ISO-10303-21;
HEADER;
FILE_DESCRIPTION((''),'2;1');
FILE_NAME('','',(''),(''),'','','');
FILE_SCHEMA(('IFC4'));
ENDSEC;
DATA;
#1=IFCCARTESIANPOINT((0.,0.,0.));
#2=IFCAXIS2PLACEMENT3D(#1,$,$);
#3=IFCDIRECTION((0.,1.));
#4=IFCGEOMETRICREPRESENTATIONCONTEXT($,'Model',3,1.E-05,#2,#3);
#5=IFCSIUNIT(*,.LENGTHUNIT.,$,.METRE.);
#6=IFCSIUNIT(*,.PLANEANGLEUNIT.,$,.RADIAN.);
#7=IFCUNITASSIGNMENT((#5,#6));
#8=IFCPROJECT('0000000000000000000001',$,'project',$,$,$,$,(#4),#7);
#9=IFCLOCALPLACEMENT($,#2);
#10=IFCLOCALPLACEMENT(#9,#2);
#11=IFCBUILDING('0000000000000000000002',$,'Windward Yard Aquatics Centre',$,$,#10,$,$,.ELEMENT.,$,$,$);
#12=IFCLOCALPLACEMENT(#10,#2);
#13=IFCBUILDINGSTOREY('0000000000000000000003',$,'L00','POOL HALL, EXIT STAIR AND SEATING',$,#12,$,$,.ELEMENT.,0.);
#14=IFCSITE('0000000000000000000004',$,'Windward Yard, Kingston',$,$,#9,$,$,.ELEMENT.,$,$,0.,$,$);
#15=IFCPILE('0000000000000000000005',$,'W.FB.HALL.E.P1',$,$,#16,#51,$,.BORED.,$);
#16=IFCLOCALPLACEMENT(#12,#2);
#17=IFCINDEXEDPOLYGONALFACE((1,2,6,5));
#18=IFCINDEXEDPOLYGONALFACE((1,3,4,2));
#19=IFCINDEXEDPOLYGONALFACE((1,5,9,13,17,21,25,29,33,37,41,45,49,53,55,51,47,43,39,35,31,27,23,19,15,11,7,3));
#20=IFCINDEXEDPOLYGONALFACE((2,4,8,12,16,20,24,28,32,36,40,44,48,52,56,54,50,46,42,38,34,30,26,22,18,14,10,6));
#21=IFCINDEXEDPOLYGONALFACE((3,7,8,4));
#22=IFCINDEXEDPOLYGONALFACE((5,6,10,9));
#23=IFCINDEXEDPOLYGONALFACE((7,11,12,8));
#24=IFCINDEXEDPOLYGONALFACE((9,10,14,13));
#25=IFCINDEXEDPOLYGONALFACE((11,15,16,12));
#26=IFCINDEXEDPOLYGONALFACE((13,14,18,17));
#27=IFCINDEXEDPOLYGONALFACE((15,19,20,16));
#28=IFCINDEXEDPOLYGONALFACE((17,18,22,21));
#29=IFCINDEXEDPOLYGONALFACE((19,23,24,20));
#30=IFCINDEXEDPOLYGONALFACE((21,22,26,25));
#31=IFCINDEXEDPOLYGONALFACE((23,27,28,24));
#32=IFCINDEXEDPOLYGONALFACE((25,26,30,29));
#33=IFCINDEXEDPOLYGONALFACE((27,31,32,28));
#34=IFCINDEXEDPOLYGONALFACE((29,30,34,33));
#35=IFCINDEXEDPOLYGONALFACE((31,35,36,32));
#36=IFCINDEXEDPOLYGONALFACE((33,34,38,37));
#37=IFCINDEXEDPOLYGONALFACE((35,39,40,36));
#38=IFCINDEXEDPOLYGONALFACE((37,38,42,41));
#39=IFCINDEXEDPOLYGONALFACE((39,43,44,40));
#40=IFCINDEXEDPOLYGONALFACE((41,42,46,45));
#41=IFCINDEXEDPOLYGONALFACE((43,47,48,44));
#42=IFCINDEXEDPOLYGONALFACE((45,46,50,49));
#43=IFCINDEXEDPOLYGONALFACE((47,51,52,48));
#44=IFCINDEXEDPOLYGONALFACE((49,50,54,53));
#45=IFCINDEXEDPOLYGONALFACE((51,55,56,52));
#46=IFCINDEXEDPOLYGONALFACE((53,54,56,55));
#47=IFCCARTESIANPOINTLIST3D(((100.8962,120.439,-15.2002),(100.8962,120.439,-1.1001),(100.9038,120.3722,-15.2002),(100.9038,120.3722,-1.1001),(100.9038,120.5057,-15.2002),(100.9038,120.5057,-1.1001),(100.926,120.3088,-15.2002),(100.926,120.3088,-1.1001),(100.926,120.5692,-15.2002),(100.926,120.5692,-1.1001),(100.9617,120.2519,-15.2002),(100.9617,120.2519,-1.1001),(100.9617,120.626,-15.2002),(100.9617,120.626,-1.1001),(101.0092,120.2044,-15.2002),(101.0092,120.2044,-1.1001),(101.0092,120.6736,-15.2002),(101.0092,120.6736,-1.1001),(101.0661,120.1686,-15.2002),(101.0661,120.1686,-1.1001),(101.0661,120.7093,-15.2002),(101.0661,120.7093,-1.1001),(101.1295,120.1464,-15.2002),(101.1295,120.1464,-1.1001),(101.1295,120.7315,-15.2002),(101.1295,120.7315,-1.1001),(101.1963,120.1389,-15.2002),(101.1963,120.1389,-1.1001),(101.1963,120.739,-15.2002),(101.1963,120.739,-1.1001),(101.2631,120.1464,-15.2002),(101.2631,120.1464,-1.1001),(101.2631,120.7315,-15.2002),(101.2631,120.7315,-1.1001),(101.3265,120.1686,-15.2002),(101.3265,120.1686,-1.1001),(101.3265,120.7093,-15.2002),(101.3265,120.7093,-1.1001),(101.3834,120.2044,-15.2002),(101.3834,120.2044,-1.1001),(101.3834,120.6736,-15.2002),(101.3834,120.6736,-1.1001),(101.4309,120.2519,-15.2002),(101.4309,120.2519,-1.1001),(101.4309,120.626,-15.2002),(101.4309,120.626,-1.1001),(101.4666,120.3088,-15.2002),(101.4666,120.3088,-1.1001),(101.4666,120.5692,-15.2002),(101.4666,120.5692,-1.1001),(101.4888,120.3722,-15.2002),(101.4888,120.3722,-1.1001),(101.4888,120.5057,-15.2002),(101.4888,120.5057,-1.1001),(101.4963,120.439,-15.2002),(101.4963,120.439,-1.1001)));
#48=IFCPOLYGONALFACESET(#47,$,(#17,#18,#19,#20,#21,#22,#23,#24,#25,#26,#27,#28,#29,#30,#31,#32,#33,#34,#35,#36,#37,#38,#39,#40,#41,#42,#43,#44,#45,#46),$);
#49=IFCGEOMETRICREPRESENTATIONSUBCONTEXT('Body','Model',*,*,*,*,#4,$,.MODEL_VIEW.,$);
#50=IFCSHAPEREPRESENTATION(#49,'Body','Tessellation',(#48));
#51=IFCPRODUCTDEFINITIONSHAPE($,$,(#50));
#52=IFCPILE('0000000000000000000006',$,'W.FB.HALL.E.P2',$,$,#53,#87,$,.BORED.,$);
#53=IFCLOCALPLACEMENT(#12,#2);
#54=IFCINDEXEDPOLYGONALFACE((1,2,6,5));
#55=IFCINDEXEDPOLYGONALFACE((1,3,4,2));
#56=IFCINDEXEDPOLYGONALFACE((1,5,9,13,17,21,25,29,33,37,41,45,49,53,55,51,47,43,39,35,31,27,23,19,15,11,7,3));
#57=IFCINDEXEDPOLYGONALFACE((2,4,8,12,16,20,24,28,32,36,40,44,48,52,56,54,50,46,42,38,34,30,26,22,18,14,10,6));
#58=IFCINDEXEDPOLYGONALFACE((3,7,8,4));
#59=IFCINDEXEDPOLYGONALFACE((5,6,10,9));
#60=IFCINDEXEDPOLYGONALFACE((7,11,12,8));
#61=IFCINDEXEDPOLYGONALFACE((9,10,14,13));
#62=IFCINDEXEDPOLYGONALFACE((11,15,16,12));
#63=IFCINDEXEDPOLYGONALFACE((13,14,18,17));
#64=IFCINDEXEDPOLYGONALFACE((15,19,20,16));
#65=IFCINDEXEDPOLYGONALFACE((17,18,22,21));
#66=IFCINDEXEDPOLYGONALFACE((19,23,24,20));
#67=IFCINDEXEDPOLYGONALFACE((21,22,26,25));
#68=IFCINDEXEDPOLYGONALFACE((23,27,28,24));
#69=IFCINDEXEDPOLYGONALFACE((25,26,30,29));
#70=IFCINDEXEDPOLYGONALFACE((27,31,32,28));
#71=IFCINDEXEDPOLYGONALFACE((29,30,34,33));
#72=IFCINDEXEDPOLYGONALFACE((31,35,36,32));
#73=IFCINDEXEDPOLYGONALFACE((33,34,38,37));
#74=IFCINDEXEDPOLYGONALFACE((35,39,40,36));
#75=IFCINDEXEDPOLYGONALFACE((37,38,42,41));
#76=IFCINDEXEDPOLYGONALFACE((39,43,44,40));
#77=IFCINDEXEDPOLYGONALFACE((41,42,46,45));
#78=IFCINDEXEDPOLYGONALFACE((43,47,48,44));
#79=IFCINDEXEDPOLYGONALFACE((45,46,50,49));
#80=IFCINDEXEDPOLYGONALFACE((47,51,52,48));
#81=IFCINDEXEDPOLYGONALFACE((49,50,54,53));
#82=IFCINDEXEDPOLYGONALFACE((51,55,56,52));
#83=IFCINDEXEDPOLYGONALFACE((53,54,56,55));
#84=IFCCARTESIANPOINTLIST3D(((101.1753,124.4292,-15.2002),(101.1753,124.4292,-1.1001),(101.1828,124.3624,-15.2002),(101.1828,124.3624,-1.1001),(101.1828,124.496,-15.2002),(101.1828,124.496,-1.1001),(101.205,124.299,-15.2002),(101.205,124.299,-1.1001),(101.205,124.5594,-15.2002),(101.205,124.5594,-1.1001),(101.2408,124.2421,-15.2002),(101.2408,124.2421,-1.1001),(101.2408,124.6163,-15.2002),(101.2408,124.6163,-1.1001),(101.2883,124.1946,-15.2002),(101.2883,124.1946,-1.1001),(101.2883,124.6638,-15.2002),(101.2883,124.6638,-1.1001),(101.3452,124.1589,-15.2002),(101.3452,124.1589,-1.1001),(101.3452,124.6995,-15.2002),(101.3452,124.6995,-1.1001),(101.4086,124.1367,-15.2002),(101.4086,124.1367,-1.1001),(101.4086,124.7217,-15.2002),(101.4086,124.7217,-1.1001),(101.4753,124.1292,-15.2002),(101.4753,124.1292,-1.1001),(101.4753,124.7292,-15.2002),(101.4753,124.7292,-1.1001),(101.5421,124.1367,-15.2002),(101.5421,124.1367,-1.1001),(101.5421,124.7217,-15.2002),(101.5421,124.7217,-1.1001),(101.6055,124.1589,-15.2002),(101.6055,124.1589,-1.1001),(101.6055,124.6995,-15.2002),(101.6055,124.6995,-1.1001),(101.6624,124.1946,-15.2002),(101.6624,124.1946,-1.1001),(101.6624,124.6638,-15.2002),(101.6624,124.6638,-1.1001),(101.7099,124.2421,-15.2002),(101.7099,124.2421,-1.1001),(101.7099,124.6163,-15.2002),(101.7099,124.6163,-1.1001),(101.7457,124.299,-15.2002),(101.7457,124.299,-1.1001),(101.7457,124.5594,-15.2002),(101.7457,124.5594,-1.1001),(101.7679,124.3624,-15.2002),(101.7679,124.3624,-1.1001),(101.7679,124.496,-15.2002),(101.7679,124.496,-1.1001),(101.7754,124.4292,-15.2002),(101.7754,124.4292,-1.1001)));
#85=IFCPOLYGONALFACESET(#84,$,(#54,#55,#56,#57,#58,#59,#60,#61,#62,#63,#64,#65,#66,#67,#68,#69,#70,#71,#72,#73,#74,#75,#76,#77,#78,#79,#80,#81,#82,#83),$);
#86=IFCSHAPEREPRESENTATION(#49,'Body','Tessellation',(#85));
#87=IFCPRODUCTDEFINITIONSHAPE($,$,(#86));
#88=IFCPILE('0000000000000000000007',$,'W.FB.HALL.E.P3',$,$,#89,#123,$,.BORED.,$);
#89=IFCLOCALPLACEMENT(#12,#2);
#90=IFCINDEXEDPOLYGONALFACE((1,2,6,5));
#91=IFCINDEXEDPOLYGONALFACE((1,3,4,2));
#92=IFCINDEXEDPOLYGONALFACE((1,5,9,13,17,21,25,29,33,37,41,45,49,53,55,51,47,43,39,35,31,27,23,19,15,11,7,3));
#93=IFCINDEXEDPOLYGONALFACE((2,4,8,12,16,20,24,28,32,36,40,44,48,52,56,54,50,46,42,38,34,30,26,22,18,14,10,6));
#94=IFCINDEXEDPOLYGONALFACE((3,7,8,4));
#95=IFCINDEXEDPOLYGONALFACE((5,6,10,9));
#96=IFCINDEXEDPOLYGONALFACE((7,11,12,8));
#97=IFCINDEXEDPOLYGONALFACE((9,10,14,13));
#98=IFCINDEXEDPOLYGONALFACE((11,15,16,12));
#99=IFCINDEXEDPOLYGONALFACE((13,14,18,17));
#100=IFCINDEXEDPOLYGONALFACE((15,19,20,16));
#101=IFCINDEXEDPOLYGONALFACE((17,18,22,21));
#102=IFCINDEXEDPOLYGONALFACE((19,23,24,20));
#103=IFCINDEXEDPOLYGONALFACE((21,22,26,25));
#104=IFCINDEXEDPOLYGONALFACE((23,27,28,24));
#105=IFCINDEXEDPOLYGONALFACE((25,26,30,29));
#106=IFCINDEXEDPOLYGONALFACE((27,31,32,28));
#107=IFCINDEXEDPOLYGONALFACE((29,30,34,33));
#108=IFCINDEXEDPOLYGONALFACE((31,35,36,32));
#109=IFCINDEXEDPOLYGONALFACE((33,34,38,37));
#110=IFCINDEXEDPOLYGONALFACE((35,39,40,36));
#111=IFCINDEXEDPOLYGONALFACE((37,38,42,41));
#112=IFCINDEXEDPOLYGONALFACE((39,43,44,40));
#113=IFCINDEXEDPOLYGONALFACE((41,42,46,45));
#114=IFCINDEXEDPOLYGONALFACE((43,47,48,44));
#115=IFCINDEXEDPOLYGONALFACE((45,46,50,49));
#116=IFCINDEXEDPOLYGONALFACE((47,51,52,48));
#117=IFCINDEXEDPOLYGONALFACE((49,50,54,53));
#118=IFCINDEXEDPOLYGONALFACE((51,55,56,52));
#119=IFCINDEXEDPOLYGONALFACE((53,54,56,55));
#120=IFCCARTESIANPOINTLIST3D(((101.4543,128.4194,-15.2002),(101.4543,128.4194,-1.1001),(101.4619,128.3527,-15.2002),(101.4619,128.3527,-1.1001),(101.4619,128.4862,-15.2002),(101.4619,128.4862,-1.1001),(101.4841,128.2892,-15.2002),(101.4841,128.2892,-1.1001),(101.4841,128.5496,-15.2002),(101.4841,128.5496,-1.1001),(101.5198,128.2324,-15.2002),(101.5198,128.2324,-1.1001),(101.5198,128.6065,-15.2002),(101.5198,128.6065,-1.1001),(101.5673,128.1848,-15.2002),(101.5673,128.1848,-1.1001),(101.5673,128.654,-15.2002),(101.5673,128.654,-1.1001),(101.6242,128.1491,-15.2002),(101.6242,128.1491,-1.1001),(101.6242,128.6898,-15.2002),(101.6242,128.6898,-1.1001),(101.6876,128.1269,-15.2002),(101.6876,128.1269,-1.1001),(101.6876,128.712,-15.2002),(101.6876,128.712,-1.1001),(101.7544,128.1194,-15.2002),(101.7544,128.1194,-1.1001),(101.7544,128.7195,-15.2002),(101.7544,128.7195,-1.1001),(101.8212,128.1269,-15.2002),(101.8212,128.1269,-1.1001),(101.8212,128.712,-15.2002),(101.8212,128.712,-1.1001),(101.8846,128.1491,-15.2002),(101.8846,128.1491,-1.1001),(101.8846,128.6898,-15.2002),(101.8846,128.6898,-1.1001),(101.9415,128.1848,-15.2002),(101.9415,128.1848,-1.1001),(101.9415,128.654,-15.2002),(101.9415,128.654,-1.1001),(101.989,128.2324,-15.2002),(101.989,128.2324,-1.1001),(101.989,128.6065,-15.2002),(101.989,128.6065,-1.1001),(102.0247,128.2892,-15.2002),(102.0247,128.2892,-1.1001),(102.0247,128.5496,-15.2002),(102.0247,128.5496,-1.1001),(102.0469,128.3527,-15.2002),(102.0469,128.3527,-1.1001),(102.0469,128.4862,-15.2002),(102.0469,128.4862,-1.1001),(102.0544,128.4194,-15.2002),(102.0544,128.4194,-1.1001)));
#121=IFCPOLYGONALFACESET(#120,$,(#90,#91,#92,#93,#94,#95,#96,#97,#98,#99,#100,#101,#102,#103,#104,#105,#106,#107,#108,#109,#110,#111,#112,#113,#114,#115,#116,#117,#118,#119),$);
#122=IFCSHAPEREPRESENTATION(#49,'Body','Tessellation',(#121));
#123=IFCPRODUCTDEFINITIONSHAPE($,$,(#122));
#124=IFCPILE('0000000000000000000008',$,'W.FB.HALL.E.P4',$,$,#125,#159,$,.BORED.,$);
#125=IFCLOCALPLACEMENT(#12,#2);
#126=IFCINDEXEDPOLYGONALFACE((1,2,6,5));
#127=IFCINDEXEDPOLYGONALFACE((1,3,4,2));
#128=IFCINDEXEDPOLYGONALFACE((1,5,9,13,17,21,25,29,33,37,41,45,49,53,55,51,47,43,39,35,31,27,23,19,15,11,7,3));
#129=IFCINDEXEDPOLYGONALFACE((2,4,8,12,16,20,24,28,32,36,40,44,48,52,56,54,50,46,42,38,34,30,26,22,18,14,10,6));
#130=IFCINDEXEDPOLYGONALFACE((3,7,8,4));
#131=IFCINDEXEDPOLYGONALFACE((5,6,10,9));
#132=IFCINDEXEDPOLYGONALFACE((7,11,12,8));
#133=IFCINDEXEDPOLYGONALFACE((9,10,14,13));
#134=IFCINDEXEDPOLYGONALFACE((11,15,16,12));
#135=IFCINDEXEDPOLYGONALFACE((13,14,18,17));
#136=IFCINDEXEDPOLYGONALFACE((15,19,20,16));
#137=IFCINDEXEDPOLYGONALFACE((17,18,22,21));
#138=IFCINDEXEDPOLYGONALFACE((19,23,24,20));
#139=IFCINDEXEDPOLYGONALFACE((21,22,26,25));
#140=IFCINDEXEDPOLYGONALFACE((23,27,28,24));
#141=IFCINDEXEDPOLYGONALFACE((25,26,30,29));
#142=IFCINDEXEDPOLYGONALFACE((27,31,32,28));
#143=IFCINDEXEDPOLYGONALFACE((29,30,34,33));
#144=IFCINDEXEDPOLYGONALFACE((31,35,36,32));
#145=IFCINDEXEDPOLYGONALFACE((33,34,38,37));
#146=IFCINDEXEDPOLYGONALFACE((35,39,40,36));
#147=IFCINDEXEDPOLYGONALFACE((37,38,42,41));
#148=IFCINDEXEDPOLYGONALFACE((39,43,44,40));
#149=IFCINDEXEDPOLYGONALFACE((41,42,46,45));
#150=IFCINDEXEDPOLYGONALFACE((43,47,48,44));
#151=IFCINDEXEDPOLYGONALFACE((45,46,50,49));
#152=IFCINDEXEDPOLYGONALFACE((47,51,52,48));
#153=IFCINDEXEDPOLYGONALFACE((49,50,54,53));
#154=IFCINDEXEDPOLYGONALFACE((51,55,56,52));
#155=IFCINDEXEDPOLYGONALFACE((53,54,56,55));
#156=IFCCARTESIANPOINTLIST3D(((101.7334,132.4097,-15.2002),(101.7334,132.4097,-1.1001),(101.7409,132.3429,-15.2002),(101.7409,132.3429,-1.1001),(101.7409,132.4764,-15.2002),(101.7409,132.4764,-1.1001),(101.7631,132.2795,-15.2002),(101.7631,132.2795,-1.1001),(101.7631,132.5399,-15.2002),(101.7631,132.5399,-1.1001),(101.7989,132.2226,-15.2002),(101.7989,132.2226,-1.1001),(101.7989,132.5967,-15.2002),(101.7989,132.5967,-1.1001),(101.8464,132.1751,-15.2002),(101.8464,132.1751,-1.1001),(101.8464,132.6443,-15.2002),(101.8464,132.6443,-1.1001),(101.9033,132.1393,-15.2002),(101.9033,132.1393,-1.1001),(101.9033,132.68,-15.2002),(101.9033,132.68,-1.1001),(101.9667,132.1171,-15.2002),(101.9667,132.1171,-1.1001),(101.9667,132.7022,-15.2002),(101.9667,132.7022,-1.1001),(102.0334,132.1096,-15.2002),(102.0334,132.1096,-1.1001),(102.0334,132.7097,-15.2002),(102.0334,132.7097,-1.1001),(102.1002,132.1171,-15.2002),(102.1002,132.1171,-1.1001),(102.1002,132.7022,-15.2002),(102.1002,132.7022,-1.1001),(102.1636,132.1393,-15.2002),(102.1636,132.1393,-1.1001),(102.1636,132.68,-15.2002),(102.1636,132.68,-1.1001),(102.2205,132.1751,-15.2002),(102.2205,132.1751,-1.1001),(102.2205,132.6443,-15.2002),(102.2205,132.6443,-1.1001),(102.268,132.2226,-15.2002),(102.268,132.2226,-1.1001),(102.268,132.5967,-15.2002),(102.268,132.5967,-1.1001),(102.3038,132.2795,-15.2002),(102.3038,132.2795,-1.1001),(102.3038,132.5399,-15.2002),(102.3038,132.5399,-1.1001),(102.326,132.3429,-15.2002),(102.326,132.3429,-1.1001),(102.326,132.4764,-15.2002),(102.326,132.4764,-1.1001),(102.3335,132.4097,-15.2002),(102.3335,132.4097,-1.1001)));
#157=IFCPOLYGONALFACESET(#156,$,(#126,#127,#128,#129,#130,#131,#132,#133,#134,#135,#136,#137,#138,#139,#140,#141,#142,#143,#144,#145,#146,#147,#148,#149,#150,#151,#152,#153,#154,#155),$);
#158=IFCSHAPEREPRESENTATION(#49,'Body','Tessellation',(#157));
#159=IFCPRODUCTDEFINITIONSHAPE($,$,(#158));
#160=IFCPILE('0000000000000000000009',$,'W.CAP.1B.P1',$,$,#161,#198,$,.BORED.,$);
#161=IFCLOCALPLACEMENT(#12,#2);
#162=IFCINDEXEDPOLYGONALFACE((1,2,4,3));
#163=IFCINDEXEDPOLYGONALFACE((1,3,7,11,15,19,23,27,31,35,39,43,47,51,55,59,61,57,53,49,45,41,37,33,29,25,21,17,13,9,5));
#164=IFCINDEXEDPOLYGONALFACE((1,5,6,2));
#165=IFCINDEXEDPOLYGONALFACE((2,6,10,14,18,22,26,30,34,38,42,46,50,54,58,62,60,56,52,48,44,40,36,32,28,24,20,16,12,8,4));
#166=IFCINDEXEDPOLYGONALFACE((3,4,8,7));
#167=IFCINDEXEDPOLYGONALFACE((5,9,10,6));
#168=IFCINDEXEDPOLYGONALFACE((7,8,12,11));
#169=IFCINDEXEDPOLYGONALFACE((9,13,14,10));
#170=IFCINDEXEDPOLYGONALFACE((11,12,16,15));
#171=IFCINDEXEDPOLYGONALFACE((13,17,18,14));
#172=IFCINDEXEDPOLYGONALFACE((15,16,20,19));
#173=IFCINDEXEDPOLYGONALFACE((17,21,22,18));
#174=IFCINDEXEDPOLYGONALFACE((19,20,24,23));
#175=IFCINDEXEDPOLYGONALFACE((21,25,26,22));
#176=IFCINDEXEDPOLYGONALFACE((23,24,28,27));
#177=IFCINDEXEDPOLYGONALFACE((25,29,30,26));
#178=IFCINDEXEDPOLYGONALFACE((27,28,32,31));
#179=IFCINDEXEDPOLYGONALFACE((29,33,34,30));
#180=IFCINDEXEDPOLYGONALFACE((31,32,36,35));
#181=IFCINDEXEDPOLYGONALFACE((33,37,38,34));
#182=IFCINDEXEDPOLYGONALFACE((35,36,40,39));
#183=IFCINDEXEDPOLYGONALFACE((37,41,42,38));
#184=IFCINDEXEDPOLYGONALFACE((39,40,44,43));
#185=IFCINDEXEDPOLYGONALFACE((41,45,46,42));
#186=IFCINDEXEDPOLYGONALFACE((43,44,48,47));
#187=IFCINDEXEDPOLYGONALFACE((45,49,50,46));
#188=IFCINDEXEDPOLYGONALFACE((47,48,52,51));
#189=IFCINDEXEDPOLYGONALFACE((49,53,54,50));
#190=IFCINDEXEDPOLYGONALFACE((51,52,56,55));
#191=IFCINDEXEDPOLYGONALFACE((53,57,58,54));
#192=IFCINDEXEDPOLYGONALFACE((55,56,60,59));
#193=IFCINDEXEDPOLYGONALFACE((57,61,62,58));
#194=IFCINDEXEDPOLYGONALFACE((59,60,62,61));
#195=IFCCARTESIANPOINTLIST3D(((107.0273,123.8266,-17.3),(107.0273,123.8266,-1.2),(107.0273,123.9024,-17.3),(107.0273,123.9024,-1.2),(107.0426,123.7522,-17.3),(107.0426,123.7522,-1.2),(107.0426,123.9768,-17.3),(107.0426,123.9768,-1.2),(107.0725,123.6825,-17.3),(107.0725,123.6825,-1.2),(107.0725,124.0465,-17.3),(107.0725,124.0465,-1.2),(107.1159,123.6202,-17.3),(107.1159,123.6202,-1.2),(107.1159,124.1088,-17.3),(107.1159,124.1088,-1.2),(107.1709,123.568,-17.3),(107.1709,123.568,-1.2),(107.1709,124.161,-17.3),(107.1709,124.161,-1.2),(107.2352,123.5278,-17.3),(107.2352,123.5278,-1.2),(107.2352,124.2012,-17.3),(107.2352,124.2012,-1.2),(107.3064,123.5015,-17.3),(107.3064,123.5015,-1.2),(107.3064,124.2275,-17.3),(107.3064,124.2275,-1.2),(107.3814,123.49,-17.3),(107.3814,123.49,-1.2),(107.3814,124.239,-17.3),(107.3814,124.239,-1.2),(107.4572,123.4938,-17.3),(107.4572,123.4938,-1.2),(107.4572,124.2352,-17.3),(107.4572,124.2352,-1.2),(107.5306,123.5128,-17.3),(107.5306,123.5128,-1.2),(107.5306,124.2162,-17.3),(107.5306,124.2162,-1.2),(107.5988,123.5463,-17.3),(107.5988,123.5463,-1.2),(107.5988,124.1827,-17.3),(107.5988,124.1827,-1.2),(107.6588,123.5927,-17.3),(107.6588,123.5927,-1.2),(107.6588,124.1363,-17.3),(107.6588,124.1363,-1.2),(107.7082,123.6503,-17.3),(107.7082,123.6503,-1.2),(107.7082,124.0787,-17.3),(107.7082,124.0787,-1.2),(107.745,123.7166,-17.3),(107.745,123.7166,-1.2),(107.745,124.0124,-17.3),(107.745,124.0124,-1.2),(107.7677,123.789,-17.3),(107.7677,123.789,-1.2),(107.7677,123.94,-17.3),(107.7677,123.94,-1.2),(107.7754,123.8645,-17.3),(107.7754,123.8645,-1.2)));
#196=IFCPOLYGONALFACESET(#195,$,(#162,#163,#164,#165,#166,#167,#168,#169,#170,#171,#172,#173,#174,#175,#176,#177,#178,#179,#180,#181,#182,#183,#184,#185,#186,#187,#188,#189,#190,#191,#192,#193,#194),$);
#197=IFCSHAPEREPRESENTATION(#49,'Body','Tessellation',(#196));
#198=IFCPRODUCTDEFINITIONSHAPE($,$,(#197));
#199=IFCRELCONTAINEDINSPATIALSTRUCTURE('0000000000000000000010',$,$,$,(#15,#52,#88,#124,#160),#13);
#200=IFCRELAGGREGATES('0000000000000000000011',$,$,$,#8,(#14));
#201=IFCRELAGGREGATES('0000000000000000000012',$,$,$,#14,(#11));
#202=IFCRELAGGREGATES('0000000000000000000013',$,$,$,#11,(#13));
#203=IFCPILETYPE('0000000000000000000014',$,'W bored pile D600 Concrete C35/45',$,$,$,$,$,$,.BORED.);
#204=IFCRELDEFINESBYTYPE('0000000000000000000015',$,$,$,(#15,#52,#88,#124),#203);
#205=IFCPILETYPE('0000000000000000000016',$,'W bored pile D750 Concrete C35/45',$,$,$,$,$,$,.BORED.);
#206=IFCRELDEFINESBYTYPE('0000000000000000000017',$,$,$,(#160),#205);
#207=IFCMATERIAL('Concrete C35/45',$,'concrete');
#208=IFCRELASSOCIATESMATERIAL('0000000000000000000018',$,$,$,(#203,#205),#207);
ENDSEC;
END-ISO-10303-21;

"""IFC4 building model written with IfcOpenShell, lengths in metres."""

from ifc_helpers import new_model, si_unit, direction, frame, origin, origin_2d, place, context, subcontext, project, spatial, circle, extrude, material, material_profile, profile_set, type_object, element, save


model = new_model("IFC4")

# Units and contexts
model_context = context("Model", 3, precision=1e-05, world=origin(), true_north=direction((0.0, 1.0)))
body_context = subcontext(model_context, "Body", "Model", "MODEL_VIEW")
ifc_project = project(units=[si_unit("LENGTHUNIT", "METRE"), si_unit("PLANEANGLEUNIT", "RADIAN")], contexts=[model_context])

# Site, building, storey
site_placement = place(None, origin())
site = spatial("IfcSite", under=ifc_project, at=site_placement, Name="Windward Yard, Kingston", CompositionType="ELEMENT", RefElevation=0.0)
building_placement = place(site_placement, origin())
building = spatial("IfcBuilding", under=site, at=building_placement, Name="Windward Yard Aquatics Centre", CompositionType="ELEMENT")
storey_placement = place(building_placement, origin())
storey = spatial("IfcBuildingStorey", under=building, at=storey_placement, Name="L00", Description="POOL HALL, EXIT STAIR AND SEATING", CompositionType="ELEMENT", Elevation=0.0)

# Piles
ifc_material_1 = material(Name="Concrete C35/45", Category="concrete")
ifc_material_profile_1 = material_profile(ifc_material_1, circle(Radius=0.3, at=origin_2d()), Name="D600")
ifc_profile_set_1 = profile_set([ifc_material_profile_1], Name="Concrete C35/45")
pile_type_1 = type_object("IfcPileType", Name="W bored pile D600 Concrete C35/45", PredefinedType="BORED", material=ifc_profile_set_1)
for number, where, z_axis, x_axis, name in (
    (1, (101.1963, 120.439, -1.1001), (0.0, 0.0, -1.0), (1.0, 0.0, 0.0), "W.FB.HALL.E.P1"),
    (2, (101.4753, 124.4292, -1.1001), (0.0, 0.0, -1.0), (1.0, 0.0, 0.0), "W.FB.HALL.E.P2"),
    (3, (101.7544, 128.4194, -1.1001), (0.0, 0.0, -1.0), (1.0, 0.0, 0.0), "W.FB.HALL.E.P3"),
    (4, (102.0334, 132.4097, -1.1001), (0.0, 0.0, -1.0), (1.0, 0.0, 0.0), "W.FB.HALL.E.P4"),
):
    element("IfcPile", number, at=place(storey_placement, frame(where, z_axis=z_axis, x_axis=x_axis)), inside=storey, type_object=pile_type_1, Name=name, PredefinedType="BORED", context=body_context, shape_type="SweptSolid", body=[
        extrude(circle(Radius=0.3, at=origin_2d()), origin(), (0.0, 0.0, 1.0), 14.1001),
    ])
ifc_material_profile_2 = material_profile(ifc_material_1, circle(Radius=0.375, at=origin_2d()), Name="D750")
ifc_profile_set_2 = profile_set([ifc_material_profile_2], Name="Concrete C35/45")
pile_type_2 = type_object("IfcPileType", Name="W bored pile D750 Concrete C35/45", PredefinedType="BORED", material=ifc_profile_set_2)
for number, where, z_axis, x_axis, name in (
    (5, (107.4004, 123.8645, -1.2), (0.0, 0.0, -1.0), (1.0, 0.0, 0.0), "W.CAP.1B.P1"),
):
    element("IfcPile", number, at=place(storey_placement, frame(where, z_axis=z_axis, x_axis=x_axis)), inside=storey, type_object=pile_type_2, Name=name, PredefinedType="BORED", context=body_context, shape_type="SweptSolid", body=[
        extrude(circle(Radius=0.375, at=origin_2d()), origin(), (0.0, 0.0, 1.0), 16.1001),
    ])

save(model, "model.ifc")
